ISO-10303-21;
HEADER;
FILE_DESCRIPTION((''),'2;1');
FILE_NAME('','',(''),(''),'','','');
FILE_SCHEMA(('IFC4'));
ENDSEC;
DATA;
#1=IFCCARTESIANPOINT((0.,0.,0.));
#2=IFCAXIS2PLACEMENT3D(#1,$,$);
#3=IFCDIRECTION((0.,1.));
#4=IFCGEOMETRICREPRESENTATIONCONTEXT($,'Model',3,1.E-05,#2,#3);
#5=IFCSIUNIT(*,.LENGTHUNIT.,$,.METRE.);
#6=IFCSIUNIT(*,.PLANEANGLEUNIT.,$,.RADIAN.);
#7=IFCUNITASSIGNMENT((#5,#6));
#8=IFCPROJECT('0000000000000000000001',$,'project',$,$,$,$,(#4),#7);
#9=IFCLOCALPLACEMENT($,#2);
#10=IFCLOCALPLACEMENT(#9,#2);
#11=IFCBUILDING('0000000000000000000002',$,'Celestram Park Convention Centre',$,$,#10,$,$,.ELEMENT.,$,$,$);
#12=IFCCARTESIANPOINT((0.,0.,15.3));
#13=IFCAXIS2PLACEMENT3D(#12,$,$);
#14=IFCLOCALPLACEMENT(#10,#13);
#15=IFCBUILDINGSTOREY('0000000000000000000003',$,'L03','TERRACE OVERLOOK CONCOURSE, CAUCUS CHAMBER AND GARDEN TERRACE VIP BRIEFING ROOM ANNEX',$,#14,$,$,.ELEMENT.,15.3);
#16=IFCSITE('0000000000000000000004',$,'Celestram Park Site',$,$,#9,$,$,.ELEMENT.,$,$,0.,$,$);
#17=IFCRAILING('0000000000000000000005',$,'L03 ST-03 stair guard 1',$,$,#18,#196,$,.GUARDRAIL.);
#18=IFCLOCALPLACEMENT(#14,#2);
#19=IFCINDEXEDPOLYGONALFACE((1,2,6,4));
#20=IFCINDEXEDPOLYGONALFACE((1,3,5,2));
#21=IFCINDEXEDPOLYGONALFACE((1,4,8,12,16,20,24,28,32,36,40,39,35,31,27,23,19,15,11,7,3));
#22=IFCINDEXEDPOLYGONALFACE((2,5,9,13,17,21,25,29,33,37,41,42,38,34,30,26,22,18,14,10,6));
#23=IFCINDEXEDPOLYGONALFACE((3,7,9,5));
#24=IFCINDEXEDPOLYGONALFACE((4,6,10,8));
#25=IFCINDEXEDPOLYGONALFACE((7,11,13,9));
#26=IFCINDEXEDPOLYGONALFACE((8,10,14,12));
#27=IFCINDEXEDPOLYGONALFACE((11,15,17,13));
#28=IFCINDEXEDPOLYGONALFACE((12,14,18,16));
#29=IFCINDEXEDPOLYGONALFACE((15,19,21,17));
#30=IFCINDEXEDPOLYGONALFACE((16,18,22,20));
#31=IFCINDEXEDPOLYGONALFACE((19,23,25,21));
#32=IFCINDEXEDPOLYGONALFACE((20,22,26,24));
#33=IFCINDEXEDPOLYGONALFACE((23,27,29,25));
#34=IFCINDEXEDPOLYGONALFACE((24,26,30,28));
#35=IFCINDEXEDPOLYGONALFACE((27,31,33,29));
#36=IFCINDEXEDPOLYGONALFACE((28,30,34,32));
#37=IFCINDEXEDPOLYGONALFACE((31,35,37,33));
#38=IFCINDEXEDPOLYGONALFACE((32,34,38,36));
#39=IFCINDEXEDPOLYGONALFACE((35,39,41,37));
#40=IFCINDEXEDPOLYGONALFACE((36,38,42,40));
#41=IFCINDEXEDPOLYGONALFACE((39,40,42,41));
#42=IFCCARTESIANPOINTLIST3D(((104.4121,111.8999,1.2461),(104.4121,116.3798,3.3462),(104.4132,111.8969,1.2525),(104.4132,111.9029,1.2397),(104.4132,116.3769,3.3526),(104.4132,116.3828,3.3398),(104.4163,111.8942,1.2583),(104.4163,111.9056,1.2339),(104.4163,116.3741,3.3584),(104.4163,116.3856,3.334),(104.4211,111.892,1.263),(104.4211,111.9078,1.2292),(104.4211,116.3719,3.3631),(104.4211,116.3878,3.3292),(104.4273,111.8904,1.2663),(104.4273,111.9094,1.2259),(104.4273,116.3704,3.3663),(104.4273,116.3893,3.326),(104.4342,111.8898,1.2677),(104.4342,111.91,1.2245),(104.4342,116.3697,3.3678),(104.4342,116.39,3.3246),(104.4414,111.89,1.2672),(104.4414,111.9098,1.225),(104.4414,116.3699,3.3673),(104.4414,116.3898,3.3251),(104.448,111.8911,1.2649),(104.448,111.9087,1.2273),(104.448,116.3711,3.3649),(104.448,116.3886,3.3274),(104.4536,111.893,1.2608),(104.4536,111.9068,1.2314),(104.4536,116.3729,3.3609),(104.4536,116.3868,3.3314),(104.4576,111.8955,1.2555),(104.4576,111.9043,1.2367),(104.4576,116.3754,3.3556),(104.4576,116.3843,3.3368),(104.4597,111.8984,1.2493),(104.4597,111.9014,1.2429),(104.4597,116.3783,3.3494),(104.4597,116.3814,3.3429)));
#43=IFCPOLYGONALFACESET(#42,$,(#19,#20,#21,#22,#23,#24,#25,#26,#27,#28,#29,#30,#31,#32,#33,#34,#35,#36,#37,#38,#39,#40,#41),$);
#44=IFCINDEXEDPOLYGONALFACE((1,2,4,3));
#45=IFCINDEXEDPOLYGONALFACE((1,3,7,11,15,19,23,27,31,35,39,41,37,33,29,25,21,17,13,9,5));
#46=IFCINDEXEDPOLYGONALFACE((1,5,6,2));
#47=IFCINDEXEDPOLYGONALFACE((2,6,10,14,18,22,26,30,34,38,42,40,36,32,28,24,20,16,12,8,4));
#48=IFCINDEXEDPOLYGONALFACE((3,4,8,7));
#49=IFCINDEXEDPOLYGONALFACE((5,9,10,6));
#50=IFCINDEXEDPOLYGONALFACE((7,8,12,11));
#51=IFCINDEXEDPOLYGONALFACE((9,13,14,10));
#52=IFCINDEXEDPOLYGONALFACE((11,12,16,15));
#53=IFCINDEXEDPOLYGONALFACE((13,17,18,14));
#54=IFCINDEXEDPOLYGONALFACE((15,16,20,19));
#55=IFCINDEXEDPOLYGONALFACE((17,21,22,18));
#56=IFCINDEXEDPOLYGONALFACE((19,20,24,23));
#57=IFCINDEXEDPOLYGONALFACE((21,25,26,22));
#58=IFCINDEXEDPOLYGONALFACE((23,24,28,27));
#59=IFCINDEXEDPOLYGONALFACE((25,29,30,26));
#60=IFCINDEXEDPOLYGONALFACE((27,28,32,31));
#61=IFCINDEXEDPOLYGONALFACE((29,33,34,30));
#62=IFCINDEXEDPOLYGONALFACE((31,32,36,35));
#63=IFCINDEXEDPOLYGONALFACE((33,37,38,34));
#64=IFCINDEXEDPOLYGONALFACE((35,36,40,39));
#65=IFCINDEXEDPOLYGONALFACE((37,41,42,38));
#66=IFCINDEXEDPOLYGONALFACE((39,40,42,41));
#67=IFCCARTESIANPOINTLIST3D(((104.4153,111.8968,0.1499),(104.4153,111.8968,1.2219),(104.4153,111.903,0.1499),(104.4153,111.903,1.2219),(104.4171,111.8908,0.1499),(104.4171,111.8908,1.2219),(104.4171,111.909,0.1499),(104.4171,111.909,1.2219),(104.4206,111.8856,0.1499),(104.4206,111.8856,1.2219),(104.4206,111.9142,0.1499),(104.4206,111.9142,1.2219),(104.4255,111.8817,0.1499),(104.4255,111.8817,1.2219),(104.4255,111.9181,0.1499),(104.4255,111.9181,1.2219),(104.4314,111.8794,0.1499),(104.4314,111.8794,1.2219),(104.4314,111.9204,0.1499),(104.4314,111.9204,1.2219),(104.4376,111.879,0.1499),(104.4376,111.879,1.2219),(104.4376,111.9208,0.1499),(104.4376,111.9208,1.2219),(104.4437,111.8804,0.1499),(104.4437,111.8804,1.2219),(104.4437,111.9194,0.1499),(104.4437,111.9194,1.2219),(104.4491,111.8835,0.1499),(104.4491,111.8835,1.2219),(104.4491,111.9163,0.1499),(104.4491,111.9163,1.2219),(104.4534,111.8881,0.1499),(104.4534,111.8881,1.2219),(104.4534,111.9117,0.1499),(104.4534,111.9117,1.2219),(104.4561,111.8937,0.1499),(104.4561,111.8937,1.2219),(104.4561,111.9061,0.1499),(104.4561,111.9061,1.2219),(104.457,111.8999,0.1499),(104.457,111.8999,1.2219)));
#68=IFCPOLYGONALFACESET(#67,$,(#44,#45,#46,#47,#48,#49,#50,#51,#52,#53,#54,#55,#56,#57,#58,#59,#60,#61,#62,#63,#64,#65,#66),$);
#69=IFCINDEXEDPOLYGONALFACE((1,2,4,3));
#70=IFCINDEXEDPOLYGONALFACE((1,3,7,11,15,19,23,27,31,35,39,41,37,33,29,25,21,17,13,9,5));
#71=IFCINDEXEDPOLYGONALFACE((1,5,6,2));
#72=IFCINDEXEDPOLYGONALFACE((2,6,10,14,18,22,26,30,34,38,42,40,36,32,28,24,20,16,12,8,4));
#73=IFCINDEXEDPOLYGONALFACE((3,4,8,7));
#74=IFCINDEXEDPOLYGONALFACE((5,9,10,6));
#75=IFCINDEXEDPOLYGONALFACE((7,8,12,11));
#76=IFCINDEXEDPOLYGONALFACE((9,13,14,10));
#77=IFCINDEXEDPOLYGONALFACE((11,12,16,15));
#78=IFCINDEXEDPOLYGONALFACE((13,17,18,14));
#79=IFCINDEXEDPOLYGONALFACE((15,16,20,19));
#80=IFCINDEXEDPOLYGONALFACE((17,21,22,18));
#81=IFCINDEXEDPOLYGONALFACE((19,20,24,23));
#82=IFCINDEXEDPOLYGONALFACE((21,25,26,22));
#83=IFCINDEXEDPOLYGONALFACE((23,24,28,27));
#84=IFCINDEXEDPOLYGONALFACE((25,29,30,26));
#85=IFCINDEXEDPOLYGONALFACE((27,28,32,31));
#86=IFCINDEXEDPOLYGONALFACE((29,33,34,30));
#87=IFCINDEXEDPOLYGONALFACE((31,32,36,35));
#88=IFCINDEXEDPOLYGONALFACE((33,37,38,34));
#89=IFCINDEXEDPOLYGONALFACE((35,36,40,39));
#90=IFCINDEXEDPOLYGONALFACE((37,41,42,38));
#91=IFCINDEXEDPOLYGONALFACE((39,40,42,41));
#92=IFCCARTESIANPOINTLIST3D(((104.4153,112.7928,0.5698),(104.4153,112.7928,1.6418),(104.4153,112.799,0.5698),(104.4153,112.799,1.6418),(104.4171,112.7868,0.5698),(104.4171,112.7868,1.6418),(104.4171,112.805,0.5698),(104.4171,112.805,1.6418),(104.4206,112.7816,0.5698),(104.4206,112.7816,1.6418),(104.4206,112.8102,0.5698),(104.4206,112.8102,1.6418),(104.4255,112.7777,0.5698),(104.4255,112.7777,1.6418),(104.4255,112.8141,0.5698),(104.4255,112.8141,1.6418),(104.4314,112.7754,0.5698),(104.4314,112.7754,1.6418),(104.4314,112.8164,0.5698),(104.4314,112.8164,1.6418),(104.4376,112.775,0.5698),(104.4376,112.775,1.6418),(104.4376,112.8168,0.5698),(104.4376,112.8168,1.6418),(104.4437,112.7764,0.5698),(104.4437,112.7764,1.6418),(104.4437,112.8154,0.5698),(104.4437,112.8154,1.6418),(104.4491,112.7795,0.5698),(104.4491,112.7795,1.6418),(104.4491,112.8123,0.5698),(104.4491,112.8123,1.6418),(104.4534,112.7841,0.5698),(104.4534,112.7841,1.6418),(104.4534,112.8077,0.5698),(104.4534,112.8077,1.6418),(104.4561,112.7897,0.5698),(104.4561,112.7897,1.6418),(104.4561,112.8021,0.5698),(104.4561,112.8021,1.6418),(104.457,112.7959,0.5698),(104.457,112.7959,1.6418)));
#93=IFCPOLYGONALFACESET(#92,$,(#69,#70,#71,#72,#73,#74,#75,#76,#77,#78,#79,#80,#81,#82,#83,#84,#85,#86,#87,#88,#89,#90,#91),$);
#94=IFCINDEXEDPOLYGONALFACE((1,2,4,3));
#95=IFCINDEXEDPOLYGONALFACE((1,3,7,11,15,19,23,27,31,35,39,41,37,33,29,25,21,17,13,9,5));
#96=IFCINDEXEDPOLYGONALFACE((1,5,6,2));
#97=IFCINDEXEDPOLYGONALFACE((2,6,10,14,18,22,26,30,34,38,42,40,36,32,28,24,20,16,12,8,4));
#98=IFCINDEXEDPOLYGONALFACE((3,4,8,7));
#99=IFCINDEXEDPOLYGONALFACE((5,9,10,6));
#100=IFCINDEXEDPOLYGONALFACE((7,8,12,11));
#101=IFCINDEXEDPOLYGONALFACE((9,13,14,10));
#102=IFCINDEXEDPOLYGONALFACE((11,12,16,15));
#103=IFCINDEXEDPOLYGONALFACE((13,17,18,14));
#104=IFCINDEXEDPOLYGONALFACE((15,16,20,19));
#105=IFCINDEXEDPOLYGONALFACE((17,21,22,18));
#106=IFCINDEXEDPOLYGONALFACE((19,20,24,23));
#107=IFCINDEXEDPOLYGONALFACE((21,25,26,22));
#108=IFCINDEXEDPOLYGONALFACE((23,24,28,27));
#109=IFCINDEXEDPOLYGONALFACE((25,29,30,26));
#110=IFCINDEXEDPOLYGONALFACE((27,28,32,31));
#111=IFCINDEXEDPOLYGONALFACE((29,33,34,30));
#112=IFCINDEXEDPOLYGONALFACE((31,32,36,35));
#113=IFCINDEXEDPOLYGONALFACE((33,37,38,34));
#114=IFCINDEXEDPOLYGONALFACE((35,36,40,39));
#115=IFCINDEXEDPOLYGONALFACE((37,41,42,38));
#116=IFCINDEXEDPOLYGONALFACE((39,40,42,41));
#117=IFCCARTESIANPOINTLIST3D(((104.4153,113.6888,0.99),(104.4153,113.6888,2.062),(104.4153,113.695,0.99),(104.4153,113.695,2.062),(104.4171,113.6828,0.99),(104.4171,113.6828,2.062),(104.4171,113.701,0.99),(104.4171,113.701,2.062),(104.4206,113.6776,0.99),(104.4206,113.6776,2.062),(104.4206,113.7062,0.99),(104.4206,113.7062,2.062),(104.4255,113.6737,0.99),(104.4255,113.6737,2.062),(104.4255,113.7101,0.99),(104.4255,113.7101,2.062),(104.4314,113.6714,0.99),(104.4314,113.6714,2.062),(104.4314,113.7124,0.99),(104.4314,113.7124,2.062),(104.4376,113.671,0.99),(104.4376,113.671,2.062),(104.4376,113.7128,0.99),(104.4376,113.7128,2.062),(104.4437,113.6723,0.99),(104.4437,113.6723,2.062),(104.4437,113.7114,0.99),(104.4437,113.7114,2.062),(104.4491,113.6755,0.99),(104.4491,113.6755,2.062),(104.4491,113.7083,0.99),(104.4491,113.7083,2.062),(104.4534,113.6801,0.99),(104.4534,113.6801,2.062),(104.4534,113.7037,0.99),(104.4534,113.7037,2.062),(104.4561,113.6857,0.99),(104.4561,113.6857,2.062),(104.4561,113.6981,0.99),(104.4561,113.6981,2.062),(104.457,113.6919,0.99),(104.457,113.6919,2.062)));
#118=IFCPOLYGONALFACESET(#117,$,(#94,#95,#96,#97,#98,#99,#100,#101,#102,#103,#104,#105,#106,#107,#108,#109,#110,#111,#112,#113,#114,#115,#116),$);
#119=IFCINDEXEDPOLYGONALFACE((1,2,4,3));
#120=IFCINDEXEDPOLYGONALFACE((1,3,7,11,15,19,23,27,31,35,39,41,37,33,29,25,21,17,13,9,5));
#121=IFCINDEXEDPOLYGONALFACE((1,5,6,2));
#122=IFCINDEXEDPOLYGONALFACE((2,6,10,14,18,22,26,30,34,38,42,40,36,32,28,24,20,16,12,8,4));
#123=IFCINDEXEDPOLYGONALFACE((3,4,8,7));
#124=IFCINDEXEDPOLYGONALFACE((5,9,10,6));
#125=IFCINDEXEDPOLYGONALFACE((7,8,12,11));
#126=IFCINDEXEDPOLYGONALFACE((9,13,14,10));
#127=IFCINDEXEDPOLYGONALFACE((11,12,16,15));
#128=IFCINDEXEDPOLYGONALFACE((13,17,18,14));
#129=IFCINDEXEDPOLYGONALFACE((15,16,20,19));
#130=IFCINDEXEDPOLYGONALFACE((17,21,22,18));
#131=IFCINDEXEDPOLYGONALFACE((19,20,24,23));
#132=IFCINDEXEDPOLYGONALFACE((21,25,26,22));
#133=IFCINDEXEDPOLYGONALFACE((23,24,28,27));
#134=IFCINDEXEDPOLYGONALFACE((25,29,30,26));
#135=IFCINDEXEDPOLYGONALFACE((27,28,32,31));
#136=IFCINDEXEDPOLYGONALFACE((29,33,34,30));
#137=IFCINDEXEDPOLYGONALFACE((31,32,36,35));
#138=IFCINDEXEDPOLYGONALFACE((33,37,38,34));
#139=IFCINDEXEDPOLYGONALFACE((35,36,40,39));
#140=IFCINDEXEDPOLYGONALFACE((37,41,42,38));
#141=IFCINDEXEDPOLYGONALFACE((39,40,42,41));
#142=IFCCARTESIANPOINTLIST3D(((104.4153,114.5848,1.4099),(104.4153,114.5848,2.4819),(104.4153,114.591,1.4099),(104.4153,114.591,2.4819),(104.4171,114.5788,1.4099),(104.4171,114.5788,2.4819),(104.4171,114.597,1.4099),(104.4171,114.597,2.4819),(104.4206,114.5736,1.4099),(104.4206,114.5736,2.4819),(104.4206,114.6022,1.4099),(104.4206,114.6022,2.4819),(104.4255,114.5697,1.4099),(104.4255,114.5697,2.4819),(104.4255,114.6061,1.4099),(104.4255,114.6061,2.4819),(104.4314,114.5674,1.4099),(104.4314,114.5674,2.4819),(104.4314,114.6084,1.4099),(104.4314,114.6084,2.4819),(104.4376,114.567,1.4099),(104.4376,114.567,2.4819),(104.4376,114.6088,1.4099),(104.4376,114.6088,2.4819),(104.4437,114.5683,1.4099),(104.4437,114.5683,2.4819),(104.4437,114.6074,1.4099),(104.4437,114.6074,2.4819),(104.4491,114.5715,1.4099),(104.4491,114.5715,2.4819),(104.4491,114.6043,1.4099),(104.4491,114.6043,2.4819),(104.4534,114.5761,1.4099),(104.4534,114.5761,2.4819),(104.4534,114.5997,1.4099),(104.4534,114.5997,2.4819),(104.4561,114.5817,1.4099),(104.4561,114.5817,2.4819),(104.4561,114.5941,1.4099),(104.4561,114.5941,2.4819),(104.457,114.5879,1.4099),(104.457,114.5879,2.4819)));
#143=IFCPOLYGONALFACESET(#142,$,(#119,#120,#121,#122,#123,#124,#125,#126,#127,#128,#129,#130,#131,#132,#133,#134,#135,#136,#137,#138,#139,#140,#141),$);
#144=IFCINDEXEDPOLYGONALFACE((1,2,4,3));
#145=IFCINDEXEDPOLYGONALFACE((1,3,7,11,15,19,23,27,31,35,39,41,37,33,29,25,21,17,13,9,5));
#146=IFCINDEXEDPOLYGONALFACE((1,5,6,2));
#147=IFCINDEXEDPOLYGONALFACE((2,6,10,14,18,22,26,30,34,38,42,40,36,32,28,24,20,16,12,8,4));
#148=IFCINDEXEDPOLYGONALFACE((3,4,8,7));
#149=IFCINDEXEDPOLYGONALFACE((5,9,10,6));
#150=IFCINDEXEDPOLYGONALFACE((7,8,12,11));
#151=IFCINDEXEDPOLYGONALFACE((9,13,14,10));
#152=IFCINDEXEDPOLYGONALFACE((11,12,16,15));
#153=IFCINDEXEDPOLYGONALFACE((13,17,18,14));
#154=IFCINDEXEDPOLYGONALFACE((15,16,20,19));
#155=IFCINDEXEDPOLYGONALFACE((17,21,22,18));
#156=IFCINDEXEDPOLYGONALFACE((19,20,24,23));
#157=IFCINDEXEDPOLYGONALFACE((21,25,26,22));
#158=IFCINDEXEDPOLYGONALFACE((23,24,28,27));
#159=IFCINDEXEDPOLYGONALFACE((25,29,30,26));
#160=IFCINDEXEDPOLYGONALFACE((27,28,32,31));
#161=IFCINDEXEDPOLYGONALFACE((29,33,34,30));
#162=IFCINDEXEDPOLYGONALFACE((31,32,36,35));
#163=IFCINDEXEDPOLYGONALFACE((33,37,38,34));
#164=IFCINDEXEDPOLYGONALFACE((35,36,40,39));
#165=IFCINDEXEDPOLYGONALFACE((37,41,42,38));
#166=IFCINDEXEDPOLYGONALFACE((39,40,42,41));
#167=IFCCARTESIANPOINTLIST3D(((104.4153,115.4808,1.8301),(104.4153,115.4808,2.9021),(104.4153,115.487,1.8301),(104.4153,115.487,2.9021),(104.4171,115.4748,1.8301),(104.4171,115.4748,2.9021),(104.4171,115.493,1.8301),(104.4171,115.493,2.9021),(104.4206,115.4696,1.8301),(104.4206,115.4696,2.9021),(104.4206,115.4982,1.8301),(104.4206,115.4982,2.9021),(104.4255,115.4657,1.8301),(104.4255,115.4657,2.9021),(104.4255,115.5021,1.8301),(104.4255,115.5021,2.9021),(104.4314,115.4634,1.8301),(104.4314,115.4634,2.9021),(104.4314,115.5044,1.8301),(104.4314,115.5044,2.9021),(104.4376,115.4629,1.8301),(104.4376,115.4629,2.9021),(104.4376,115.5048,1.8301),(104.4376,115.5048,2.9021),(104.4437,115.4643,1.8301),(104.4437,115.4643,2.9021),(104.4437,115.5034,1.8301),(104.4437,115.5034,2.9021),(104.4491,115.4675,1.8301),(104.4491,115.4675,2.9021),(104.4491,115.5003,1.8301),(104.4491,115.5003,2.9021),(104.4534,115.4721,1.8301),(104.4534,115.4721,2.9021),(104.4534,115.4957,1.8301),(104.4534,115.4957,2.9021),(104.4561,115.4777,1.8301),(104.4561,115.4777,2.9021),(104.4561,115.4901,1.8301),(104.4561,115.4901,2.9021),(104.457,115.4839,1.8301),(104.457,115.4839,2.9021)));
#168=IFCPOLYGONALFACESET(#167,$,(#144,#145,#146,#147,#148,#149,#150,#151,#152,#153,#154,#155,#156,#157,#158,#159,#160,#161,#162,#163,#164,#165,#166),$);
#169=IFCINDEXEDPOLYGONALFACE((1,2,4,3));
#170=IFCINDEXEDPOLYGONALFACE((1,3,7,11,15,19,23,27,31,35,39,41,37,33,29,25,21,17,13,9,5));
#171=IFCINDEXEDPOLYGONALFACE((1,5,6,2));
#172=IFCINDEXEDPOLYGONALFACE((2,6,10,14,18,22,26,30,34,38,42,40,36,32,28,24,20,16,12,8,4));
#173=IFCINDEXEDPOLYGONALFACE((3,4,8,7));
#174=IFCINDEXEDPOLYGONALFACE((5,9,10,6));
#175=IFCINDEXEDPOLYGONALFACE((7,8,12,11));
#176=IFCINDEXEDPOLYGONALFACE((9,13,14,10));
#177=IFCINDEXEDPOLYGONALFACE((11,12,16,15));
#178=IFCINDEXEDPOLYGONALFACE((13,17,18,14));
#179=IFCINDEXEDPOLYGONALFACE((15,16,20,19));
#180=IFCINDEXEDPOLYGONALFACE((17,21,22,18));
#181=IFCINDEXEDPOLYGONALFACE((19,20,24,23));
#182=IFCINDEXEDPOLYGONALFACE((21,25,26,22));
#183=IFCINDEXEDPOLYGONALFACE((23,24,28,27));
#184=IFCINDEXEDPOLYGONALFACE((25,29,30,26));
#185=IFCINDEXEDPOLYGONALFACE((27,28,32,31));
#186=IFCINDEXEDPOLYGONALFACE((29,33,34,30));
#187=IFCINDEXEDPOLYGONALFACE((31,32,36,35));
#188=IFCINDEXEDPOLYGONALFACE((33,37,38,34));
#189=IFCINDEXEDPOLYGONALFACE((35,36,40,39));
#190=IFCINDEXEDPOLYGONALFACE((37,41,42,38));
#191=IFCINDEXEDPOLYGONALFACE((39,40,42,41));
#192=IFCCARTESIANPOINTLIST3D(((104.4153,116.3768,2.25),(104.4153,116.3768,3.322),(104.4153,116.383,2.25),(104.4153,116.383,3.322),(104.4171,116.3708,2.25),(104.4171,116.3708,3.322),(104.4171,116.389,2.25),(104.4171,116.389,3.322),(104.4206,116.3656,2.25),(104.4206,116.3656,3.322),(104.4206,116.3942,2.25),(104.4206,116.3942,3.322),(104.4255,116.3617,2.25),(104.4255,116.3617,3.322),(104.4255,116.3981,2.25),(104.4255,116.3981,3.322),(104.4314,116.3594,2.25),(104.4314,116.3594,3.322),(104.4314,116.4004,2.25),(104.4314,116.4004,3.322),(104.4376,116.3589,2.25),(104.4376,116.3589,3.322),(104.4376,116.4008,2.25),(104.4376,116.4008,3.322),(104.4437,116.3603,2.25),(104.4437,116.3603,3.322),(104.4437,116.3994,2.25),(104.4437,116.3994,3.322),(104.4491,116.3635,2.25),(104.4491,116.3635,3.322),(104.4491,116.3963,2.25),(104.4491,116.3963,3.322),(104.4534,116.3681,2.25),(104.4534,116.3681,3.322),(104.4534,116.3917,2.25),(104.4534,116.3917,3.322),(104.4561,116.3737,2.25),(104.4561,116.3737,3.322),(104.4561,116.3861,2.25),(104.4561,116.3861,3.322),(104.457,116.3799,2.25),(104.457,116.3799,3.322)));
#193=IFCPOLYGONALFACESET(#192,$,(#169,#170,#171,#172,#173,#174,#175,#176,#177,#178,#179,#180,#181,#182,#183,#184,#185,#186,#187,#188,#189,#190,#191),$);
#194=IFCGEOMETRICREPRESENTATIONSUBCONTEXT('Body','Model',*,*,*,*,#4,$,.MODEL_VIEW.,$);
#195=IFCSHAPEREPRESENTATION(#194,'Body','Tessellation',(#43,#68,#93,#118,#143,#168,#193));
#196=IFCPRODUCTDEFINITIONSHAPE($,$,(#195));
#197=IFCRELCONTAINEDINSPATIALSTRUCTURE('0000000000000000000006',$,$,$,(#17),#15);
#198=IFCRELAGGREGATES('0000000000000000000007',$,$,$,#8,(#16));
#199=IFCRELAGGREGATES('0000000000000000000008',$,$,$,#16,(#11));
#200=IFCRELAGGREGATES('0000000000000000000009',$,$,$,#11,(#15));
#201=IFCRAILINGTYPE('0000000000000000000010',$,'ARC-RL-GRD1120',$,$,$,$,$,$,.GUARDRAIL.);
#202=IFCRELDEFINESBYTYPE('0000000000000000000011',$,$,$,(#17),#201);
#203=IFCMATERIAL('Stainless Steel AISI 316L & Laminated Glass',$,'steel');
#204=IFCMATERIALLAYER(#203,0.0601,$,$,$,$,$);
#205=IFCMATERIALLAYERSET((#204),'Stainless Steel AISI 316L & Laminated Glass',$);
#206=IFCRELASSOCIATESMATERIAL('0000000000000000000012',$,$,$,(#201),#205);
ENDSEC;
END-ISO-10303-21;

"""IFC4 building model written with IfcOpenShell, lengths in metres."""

from ifc_helpers import new_model, si_unit, direction, frame, origin, origin_2d, place, context, subcontext, project, spatial, circle, extrude, material, layer, layer_set, type_object, element, save


model = new_model("IFC4")

# Units and contexts
model_context = context("Model", 3, precision=1e-05, world=origin(), true_north=direction((0.0, 1.0)))
body_context = subcontext(model_context, "Body", "Model", "MODEL_VIEW")
ifc_project = project(units=[si_unit("LENGTHUNIT", "METRE"), si_unit("PLANEANGLEUNIT", "RADIAN")], contexts=[model_context])

# Site, building, storey
site_placement = place(None, origin())
site = spatial("IfcSite", under=ifc_project, at=site_placement, Name="Celestram Park Site", CompositionType="ELEMENT", RefElevation=0.0)
building_placement = place(site_placement, origin())
building = spatial("IfcBuilding", under=site, at=building_placement, Name="Celestram Park Convention Centre", CompositionType="ELEMENT")
storey_placement = place(building_placement, frame((0.0, 0.0, 15.3)))
storey = spatial("IfcBuildingStorey", under=building, at=storey_placement, Name="L03", Description="TERRACE OVERLOOK CONCOURSE, CAUCUS CHAMBER AND GARDEN TERRACE VIP BRIEFING ROOM ANNEX", CompositionType="ELEMENT", Elevation=15.3)

# Railing
ifc_material_1 = material(Name="Stainless Steel AISI 316L & Laminated Glass", Category="steel")
ifc_layer_1 = layer(ifc_material_1, 0.0601)
ifc_layer_set_1 = layer_set([ifc_layer_1], Name="Stainless Steel AISI 316L & Laminated Glass")
railing_type_1 = type_object("IfcRailingType", Name="ARC-RL-GRD1120", PredefinedType="GUARDRAIL", material=ifc_layer_set_1)
railing_1_placement = place(storey_placement, frame((104.436, 111.8999, 0.1499)))
element("IfcRailing", 1, at=railing_1_placement, inside=storey, type_object=railing_type_1, Name="L03 ST-03 stair guard 1", PredefinedType="GUARDRAIL", context=body_context, shape_type="SweptSolid", body=[
    extrude(circle(Radius=0.0239, at=origin_2d()), frame((0.0, 0.0, 1.0962), z_axis=(0.0, 0.905451, 0.424452), x_axis=(-1.0, 0.0, 0.0)), (0.0, 0.0, 1.0), 4.9478),
    extrude(circle(Radius=0.021, at=origin_2d()), origin(), (0.0, 0.0, 1.0), 1.072),
    extrude(circle(Radius=0.021, at=origin_2d()), frame((0.0, 0.896, 0.4199)), (0.0, 0.0, 1.0), 1.072),
    extrude(circle(Radius=0.021, at=origin_2d()), frame((0.0, 1.792, 0.8401)), (0.0, 0.0, 1.0), 1.072),
    extrude(circle(Radius=0.021, at=origin_2d()), frame((0.0, 2.688, 1.26)), (0.0, 0.0, 1.0), 1.072),
    extrude(circle(Radius=0.021, at=origin_2d()), frame((0.0, 3.584, 1.6802)), (0.0, 0.0, 1.0), 1.072),
    extrude(circle(Radius=0.021, at=origin_2d()), frame((0.0, 4.48, 2.1001)), (0.0, 0.0, 1.0), 1.072),
])

save(model, "model.ifc")
